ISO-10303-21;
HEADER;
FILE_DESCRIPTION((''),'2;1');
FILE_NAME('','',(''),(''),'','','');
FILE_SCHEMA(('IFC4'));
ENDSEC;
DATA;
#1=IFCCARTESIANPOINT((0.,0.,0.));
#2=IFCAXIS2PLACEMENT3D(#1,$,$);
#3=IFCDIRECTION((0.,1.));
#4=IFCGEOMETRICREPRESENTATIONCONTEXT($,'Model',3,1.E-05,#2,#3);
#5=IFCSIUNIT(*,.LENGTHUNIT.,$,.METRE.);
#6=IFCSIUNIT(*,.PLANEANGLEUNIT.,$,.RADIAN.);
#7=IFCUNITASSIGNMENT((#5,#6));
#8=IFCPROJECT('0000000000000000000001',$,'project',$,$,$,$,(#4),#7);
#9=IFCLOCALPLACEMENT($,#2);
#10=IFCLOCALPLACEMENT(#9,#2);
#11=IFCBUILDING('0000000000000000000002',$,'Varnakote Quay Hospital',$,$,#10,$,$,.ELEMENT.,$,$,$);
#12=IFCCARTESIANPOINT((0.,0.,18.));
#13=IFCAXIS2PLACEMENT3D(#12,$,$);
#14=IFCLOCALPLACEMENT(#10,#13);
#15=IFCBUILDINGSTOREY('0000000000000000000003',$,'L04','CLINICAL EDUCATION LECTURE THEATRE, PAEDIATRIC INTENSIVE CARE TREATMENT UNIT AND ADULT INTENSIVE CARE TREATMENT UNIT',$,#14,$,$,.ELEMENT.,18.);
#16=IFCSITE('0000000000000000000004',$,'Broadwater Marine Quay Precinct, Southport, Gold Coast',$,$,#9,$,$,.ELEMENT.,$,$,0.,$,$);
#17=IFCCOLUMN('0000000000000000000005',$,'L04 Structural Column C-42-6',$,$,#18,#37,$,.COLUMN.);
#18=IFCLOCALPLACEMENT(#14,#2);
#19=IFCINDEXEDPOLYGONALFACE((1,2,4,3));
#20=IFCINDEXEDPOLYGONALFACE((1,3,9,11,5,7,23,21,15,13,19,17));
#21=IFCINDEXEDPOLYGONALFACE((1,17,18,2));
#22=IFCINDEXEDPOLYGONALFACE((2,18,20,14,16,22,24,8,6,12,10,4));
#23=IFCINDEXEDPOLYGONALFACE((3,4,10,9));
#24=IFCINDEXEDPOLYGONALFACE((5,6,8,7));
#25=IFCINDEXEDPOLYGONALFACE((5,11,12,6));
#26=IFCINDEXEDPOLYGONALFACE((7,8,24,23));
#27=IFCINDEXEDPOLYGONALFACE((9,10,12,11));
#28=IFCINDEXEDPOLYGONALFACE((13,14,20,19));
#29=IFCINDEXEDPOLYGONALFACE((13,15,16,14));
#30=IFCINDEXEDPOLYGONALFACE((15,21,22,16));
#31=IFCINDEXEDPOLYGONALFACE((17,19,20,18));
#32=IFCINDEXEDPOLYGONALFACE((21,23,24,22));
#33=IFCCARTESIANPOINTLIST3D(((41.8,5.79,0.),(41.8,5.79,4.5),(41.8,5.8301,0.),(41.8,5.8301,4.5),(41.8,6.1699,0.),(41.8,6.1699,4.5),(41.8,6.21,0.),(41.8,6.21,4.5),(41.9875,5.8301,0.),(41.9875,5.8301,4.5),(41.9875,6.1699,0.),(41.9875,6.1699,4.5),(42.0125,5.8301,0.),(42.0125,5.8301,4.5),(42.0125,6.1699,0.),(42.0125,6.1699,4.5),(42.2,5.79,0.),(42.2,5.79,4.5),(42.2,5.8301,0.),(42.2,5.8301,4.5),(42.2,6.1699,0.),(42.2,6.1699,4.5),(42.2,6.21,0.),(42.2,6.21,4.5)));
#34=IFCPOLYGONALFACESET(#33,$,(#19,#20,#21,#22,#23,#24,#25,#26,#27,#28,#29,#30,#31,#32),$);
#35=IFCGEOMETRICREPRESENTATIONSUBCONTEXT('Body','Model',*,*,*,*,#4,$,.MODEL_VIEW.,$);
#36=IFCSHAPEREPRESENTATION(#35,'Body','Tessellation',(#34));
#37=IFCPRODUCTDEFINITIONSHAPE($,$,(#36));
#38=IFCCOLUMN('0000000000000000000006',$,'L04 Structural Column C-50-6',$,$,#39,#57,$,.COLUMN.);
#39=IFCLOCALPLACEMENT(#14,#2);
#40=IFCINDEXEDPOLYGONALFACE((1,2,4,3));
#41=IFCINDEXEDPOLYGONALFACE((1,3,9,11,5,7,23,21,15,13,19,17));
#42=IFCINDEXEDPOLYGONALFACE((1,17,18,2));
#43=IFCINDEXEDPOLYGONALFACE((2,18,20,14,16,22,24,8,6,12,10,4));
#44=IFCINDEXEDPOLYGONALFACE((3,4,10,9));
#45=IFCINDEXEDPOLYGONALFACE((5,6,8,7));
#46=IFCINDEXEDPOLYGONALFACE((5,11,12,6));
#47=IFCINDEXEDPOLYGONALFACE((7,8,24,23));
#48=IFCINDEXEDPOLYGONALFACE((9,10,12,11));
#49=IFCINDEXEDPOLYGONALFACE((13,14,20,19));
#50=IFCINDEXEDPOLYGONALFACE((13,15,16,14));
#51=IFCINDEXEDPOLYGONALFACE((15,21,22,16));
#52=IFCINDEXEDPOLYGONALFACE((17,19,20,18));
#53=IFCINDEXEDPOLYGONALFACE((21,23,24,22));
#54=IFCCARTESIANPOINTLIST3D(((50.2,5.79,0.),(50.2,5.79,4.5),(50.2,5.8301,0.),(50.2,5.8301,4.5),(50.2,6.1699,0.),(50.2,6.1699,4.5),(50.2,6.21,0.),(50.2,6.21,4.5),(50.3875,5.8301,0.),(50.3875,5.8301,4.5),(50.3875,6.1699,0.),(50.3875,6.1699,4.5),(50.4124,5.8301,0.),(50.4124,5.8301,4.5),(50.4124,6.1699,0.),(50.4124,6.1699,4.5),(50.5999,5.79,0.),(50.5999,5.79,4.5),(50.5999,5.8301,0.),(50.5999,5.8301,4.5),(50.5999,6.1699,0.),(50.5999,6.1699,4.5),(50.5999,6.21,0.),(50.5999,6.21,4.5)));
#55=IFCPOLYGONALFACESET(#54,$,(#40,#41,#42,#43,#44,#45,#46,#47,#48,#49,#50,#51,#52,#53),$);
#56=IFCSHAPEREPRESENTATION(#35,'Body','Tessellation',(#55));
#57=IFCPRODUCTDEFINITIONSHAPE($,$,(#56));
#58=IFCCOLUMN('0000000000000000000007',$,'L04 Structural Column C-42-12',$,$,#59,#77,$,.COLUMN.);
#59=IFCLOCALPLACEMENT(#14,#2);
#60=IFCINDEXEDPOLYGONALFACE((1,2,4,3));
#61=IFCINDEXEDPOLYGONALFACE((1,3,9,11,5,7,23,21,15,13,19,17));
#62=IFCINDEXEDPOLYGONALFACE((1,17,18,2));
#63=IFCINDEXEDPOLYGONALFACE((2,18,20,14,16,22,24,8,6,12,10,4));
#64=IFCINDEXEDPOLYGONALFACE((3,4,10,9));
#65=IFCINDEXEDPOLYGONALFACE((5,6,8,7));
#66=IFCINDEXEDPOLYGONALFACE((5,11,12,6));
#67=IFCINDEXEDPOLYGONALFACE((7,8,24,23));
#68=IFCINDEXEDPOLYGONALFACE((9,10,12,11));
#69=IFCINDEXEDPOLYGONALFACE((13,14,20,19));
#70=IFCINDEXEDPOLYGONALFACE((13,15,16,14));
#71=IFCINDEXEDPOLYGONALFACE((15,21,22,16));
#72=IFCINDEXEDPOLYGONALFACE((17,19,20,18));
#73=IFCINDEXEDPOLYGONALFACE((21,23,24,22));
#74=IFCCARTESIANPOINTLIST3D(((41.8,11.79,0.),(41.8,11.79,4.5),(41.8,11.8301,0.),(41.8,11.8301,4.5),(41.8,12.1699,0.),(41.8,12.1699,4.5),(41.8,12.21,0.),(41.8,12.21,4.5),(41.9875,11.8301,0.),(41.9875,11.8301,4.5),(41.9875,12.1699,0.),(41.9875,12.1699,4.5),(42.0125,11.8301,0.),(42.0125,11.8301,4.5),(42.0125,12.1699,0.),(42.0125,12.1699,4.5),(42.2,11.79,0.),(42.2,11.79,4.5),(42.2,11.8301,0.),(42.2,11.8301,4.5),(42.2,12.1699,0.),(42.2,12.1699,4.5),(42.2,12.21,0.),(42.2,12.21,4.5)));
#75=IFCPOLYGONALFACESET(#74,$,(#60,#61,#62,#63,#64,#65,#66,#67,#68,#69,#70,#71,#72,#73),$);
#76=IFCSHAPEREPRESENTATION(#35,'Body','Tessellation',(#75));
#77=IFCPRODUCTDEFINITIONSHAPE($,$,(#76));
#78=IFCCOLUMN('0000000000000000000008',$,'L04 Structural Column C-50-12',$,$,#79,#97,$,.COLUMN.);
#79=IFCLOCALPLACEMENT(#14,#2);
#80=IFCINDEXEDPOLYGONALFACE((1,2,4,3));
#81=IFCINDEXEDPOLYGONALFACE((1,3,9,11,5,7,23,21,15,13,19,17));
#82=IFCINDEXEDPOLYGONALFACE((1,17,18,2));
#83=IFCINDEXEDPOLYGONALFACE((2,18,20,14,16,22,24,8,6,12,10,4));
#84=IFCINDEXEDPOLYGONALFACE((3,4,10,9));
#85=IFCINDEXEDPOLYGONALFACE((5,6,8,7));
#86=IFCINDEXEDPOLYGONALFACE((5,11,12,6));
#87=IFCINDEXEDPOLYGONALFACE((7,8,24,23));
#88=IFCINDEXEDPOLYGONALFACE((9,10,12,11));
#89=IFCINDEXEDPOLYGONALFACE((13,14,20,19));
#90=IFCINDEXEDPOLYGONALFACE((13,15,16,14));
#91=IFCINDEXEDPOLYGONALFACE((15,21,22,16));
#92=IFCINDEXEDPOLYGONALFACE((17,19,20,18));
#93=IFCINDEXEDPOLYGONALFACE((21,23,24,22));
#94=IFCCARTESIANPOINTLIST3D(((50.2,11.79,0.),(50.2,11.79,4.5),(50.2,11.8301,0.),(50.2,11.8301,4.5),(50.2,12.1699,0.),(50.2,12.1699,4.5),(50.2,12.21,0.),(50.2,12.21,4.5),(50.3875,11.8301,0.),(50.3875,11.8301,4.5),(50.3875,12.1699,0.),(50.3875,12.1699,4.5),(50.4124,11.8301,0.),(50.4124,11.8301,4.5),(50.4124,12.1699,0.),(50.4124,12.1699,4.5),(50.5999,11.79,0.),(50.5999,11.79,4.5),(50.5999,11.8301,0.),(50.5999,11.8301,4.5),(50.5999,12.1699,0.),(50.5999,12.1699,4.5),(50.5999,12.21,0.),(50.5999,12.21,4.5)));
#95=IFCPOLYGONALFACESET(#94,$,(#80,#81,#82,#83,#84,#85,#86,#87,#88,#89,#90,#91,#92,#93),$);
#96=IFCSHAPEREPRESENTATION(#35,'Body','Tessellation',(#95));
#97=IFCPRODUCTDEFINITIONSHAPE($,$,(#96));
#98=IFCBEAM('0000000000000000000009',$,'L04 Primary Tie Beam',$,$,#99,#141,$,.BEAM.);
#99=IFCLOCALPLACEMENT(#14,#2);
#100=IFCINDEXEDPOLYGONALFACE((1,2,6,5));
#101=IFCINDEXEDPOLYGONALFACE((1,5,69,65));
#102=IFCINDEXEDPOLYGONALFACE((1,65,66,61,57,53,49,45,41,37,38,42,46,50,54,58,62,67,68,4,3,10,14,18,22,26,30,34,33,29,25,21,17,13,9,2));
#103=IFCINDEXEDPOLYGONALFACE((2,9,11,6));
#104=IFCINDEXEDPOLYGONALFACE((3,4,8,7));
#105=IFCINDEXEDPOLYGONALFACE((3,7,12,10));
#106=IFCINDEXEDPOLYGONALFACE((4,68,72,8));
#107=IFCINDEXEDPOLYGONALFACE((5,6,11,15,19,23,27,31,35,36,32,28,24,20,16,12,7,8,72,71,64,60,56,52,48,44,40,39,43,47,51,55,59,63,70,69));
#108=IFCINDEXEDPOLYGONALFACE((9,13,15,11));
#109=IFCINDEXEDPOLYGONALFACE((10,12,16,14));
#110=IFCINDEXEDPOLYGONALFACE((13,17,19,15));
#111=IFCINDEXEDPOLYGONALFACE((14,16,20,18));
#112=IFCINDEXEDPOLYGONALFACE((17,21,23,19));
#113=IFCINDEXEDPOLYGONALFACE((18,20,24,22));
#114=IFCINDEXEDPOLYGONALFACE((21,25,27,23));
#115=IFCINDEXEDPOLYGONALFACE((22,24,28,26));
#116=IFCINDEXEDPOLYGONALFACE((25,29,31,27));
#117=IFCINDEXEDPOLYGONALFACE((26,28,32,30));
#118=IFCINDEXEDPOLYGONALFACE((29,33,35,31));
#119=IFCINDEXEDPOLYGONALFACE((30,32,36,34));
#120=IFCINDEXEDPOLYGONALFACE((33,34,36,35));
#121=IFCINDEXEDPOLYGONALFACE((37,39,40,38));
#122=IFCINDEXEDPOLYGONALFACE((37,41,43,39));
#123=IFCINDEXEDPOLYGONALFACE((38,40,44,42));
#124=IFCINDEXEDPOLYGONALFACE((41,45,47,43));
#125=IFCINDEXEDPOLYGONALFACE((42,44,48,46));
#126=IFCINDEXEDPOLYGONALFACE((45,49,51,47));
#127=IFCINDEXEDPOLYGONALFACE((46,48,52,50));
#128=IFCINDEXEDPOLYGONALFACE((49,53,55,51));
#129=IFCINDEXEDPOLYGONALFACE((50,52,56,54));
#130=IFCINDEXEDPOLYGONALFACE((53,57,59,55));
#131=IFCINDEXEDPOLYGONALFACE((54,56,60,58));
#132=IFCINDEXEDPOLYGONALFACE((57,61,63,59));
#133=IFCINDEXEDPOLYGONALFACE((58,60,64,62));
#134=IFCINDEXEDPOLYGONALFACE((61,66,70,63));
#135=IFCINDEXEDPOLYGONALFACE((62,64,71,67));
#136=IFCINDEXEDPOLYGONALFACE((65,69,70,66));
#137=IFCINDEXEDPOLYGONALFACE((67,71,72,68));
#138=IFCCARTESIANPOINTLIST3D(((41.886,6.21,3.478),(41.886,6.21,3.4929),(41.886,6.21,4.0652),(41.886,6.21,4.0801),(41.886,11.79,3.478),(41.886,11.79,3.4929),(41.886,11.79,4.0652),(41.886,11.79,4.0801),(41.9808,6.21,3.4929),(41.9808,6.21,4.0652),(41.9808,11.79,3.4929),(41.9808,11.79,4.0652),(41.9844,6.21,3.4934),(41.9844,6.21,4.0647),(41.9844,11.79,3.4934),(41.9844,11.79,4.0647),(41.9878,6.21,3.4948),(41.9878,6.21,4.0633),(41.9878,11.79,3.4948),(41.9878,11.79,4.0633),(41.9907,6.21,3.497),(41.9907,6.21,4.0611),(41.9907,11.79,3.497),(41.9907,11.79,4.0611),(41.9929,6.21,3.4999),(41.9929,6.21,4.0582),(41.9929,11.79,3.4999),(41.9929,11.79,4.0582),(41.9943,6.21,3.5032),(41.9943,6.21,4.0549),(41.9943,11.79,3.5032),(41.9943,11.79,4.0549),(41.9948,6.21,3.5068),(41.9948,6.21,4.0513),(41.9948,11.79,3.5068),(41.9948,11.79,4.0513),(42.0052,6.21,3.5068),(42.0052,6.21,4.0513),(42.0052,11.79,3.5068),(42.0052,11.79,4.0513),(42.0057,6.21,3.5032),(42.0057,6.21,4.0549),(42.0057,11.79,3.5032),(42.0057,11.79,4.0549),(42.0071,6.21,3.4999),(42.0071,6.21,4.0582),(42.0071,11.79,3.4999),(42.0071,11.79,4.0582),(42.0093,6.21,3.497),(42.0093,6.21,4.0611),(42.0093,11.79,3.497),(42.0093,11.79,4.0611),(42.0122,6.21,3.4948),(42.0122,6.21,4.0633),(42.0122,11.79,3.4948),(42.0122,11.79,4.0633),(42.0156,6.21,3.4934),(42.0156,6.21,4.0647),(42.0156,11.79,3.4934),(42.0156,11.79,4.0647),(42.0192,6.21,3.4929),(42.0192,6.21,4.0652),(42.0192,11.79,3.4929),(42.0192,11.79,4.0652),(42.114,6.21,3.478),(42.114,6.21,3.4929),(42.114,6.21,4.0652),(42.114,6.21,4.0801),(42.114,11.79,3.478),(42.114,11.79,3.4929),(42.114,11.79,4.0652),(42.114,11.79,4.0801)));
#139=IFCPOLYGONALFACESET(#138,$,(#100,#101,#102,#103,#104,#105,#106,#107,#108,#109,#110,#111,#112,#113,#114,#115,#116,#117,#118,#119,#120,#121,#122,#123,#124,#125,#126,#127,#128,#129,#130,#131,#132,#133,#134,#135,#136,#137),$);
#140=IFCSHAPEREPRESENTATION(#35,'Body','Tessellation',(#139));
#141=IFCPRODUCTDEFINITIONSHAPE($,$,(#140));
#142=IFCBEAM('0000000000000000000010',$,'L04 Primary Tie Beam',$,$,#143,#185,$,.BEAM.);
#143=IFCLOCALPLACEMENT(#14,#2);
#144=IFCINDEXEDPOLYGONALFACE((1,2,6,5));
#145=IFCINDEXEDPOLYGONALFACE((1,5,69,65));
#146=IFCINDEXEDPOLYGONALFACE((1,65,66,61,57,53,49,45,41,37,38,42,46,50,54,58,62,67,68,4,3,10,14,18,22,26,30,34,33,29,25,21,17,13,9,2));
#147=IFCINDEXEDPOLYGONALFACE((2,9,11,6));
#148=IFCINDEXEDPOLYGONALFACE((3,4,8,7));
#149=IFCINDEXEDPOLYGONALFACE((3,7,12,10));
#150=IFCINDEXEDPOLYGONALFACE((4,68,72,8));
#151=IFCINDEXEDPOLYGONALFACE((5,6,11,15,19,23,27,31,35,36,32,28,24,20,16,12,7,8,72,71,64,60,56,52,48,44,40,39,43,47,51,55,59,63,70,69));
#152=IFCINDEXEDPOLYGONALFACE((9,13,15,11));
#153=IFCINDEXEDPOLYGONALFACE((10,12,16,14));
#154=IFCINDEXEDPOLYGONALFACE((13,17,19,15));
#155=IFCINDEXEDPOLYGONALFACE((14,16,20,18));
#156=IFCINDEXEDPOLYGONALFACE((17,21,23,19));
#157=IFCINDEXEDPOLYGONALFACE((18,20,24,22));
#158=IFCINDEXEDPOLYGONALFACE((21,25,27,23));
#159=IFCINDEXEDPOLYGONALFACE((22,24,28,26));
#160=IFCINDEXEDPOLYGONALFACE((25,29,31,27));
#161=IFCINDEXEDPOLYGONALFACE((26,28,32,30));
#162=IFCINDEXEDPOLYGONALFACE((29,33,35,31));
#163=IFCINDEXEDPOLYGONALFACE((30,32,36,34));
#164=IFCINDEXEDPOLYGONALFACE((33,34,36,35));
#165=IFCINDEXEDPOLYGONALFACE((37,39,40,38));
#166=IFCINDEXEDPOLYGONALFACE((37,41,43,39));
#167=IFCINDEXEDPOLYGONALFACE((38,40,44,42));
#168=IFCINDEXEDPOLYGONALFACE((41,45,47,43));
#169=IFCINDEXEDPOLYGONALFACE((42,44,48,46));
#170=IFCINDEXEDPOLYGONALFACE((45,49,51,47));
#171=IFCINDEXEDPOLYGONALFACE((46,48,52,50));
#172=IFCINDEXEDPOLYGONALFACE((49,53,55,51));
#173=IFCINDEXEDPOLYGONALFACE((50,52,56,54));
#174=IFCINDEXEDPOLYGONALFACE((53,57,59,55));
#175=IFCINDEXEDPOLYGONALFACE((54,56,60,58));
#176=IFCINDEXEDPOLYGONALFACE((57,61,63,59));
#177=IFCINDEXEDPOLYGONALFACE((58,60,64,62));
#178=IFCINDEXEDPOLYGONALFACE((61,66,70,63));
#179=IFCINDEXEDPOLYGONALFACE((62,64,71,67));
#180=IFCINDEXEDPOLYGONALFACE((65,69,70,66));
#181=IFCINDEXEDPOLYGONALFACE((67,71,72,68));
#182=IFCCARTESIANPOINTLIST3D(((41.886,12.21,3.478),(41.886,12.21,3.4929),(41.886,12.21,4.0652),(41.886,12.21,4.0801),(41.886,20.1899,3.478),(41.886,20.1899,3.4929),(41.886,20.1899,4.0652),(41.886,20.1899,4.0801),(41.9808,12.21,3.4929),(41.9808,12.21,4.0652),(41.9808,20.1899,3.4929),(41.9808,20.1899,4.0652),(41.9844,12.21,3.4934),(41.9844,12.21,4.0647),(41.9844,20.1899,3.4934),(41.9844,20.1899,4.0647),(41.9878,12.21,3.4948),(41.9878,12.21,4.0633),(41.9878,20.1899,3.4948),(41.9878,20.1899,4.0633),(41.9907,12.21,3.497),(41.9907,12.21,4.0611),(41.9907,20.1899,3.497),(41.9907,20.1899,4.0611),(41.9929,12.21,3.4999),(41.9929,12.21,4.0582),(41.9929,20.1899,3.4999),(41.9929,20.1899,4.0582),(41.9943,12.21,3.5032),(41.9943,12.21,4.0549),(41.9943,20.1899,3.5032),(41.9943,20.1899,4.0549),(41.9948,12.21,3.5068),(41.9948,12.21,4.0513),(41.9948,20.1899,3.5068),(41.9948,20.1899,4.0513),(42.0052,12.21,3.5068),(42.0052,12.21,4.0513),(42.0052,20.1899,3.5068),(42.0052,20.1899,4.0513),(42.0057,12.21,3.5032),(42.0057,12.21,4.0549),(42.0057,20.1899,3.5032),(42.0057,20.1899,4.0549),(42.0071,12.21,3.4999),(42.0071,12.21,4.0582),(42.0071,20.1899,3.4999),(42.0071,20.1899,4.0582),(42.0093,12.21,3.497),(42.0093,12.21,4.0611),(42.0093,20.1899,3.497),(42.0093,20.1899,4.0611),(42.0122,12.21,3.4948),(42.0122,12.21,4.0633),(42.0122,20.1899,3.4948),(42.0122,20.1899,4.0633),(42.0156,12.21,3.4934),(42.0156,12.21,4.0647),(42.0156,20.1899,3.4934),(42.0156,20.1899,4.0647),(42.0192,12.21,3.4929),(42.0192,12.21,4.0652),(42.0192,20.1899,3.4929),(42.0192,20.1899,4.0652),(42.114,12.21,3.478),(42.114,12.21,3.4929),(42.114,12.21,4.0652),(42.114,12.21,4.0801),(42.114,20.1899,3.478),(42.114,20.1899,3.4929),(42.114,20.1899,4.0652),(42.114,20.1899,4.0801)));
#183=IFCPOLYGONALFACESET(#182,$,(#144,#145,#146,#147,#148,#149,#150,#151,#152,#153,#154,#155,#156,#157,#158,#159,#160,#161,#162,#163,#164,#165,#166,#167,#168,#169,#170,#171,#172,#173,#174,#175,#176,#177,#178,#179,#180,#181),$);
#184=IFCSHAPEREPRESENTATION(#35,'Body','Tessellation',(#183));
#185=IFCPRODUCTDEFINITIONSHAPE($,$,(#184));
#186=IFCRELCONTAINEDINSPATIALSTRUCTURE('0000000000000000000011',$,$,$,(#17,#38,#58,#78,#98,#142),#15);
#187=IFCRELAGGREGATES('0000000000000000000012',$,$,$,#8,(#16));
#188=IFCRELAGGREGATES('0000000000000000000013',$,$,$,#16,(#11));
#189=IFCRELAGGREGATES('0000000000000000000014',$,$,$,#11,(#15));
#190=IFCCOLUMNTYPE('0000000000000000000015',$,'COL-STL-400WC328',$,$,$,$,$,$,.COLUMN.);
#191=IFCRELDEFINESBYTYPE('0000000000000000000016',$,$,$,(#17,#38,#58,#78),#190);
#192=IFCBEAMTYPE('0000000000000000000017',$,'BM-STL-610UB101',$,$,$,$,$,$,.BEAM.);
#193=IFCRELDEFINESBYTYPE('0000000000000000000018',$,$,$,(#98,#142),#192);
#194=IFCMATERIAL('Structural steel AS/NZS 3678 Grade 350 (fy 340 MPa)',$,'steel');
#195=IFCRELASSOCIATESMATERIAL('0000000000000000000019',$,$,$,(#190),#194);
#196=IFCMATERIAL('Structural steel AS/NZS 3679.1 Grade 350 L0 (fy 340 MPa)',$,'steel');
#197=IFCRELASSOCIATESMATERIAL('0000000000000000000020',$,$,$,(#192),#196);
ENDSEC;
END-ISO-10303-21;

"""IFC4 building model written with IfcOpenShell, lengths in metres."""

from ifc_helpers import new_model, si_unit, direction, frame, origin, origin_2d, place, context, subcontext, project, spatial, i_section, extrude, material, material_profile, profile_set, type_object, element, save


model = new_model("IFC4")

# Units and contexts
model_context = context("Model", 3, precision=1e-05, world=origin(), true_north=direction((0.0, 1.0)))
body_context = subcontext(model_context, "Body", "Model", "MODEL_VIEW")
ifc_project = project(units=[si_unit("LENGTHUNIT", "METRE"), si_unit("PLANEANGLEUNIT", "RADIAN")], contexts=[model_context])

# Site, building, storey
site_placement = place(None, origin())
site = spatial("IfcSite", under=ifc_project, at=site_placement, Name="Broadwater Marine Quay Precinct, Southport, Gold Coast", CompositionType="ELEMENT", RefElevation=0.0)
building_placement = place(site_placement, origin())
building = spatial("IfcBuilding", under=site, at=building_placement, Name="Varnakote Quay Hospital", CompositionType="ELEMENT")
storey_placement = place(building_placement, frame((0.0, 0.0, 18.0)))
storey = spatial("IfcBuildingStorey", under=building, at=storey_placement, Name="L04", Description="CLINICAL EDUCATION LECTURE THEATRE, PAEDIATRIC INTENSIVE CARE TREATMENT UNIT AND ADULT INTENSIVE CARE TREATMENT UNIT", CompositionType="ELEMENT", Elevation=18.0)

# Columns
ifc_material_1 = material(Name="Structural steel AS/NZS 3678 Grade 350 (fy 340 MPa)", Category="steel")
ifc_material_profile_1 = material_profile(ifc_material_1, i_section(OverallWidth=0.3999, OverallDepth=0.4199, WebThickness=0.0249, FlangeThickness=0.04, at=origin_2d()), Name="400WC328")
ifc_profile_set_1 = profile_set([ifc_material_profile_1], Name="Structural steel AS/NZS 3678 Grade 350 (fy 340 MPa)")
column_type = type_object("IfcColumnType", Name="COL-STL-400WC328", PredefinedType="COLUMN", material=ifc_profile_set_1)
for number, where, z_axis, x_axis, name in (
    (1, (42.0, 6.0, 0.0), (0.0, 0.0, 1.0), (1.0, 0.0, 0.0), "L04 Structural Column C-42-6"),
    (2, (50.3999, 6.0, 0.0), (0.0, 0.0, 1.0), (1.0, 0.0, 0.0), "L04 Structural Column C-50-6"),
    (3, (42.0, 12.0, 0.0), (0.0, 0.0, 1.0), (1.0, 0.0, 0.0), "L04 Structural Column C-42-12"),
    (4, (50.3999, 12.0, 0.0), (0.0, 0.0, 1.0), (1.0, 0.0, 0.0), "L04 Structural Column C-50-12"),
):
    element("IfcColumn", number, at=place(storey_placement, frame(where, z_axis=z_axis, x_axis=x_axis)), inside=storey, type_object=column_type, Name=name, PredefinedType="COLUMN", context=body_context, shape_type="SweptSolid", body=[
        extrude(i_section(OverallWidth=0.3999, OverallDepth=0.4199, WebThickness=0.0249, FlangeThickness=0.04, at=origin_2d()), origin(), (0.0, 0.0, 1.0), 4.5),
    ])

# Beams
ifc_material_2 = material(Name="Structural steel AS/NZS 3679.1 Grade 350 L0 (fy 340 MPa)", Category="steel")
ifc_material_profile_2 = material_profile(ifc_material_2, i_section(OverallWidth=0.228, OverallDepth=0.6021, WebThickness=0.0105, FlangeThickness=0.0149, FilletRadius=0.0139, at=origin_2d()), Name="610UB101")
ifc_profile_set_2 = profile_set([ifc_material_profile_2], Name="Structural steel AS/NZS 3679.1 Grade 350 L0 (fy 340 MPa)")
beam_type_1 = type_object("IfcBeamType", Name="BM-STL-610UB101", PredefinedType="BEAM", material=ifc_profile_set_2)
beam_1_placement = place(storey_placement, frame((42.0, 6.21, 3.7791), z_axis=(0.0, 1.0, 0.0), x_axis=(-1.0, 0.0, 0.0)))
element("IfcBeam", 5, at=beam_1_placement, inside=storey, type_object=beam_type_1, Name="L04 Primary Tie Beam", PredefinedType="BEAM", context=body_context, shape_type="SweptSolid", body=[
    extrude(i_section(OverallWidth=0.228, OverallDepth=0.6021, WebThickness=0.0105, FlangeThickness=0.0149, FilletRadius=0.0139, at=origin_2d()), origin(), (0.0, 0.0, 1.0), 5.5801),
])
beam_2_placement = place(storey_placement, frame((42.0, 12.21, 3.7791), z_axis=(0.0, 1.0, 0.0), x_axis=(-1.0, 0.0, 0.0)))
element("IfcBeam", 6, at=beam_2_placement, inside=storey, type_object=beam_type_1, Name="L04 Primary Tie Beam", PredefinedType="BEAM", context=body_context, shape_type="SweptSolid", body=[
    extrude(i_section(OverallWidth=0.228, OverallDepth=0.6021, WebThickness=0.0105, FlangeThickness=0.0149, FilletRadius=0.0139, at=origin_2d()), origin(), (0.0, 0.0, 1.0), 7.98),
])

save(model, "model.ifc")
